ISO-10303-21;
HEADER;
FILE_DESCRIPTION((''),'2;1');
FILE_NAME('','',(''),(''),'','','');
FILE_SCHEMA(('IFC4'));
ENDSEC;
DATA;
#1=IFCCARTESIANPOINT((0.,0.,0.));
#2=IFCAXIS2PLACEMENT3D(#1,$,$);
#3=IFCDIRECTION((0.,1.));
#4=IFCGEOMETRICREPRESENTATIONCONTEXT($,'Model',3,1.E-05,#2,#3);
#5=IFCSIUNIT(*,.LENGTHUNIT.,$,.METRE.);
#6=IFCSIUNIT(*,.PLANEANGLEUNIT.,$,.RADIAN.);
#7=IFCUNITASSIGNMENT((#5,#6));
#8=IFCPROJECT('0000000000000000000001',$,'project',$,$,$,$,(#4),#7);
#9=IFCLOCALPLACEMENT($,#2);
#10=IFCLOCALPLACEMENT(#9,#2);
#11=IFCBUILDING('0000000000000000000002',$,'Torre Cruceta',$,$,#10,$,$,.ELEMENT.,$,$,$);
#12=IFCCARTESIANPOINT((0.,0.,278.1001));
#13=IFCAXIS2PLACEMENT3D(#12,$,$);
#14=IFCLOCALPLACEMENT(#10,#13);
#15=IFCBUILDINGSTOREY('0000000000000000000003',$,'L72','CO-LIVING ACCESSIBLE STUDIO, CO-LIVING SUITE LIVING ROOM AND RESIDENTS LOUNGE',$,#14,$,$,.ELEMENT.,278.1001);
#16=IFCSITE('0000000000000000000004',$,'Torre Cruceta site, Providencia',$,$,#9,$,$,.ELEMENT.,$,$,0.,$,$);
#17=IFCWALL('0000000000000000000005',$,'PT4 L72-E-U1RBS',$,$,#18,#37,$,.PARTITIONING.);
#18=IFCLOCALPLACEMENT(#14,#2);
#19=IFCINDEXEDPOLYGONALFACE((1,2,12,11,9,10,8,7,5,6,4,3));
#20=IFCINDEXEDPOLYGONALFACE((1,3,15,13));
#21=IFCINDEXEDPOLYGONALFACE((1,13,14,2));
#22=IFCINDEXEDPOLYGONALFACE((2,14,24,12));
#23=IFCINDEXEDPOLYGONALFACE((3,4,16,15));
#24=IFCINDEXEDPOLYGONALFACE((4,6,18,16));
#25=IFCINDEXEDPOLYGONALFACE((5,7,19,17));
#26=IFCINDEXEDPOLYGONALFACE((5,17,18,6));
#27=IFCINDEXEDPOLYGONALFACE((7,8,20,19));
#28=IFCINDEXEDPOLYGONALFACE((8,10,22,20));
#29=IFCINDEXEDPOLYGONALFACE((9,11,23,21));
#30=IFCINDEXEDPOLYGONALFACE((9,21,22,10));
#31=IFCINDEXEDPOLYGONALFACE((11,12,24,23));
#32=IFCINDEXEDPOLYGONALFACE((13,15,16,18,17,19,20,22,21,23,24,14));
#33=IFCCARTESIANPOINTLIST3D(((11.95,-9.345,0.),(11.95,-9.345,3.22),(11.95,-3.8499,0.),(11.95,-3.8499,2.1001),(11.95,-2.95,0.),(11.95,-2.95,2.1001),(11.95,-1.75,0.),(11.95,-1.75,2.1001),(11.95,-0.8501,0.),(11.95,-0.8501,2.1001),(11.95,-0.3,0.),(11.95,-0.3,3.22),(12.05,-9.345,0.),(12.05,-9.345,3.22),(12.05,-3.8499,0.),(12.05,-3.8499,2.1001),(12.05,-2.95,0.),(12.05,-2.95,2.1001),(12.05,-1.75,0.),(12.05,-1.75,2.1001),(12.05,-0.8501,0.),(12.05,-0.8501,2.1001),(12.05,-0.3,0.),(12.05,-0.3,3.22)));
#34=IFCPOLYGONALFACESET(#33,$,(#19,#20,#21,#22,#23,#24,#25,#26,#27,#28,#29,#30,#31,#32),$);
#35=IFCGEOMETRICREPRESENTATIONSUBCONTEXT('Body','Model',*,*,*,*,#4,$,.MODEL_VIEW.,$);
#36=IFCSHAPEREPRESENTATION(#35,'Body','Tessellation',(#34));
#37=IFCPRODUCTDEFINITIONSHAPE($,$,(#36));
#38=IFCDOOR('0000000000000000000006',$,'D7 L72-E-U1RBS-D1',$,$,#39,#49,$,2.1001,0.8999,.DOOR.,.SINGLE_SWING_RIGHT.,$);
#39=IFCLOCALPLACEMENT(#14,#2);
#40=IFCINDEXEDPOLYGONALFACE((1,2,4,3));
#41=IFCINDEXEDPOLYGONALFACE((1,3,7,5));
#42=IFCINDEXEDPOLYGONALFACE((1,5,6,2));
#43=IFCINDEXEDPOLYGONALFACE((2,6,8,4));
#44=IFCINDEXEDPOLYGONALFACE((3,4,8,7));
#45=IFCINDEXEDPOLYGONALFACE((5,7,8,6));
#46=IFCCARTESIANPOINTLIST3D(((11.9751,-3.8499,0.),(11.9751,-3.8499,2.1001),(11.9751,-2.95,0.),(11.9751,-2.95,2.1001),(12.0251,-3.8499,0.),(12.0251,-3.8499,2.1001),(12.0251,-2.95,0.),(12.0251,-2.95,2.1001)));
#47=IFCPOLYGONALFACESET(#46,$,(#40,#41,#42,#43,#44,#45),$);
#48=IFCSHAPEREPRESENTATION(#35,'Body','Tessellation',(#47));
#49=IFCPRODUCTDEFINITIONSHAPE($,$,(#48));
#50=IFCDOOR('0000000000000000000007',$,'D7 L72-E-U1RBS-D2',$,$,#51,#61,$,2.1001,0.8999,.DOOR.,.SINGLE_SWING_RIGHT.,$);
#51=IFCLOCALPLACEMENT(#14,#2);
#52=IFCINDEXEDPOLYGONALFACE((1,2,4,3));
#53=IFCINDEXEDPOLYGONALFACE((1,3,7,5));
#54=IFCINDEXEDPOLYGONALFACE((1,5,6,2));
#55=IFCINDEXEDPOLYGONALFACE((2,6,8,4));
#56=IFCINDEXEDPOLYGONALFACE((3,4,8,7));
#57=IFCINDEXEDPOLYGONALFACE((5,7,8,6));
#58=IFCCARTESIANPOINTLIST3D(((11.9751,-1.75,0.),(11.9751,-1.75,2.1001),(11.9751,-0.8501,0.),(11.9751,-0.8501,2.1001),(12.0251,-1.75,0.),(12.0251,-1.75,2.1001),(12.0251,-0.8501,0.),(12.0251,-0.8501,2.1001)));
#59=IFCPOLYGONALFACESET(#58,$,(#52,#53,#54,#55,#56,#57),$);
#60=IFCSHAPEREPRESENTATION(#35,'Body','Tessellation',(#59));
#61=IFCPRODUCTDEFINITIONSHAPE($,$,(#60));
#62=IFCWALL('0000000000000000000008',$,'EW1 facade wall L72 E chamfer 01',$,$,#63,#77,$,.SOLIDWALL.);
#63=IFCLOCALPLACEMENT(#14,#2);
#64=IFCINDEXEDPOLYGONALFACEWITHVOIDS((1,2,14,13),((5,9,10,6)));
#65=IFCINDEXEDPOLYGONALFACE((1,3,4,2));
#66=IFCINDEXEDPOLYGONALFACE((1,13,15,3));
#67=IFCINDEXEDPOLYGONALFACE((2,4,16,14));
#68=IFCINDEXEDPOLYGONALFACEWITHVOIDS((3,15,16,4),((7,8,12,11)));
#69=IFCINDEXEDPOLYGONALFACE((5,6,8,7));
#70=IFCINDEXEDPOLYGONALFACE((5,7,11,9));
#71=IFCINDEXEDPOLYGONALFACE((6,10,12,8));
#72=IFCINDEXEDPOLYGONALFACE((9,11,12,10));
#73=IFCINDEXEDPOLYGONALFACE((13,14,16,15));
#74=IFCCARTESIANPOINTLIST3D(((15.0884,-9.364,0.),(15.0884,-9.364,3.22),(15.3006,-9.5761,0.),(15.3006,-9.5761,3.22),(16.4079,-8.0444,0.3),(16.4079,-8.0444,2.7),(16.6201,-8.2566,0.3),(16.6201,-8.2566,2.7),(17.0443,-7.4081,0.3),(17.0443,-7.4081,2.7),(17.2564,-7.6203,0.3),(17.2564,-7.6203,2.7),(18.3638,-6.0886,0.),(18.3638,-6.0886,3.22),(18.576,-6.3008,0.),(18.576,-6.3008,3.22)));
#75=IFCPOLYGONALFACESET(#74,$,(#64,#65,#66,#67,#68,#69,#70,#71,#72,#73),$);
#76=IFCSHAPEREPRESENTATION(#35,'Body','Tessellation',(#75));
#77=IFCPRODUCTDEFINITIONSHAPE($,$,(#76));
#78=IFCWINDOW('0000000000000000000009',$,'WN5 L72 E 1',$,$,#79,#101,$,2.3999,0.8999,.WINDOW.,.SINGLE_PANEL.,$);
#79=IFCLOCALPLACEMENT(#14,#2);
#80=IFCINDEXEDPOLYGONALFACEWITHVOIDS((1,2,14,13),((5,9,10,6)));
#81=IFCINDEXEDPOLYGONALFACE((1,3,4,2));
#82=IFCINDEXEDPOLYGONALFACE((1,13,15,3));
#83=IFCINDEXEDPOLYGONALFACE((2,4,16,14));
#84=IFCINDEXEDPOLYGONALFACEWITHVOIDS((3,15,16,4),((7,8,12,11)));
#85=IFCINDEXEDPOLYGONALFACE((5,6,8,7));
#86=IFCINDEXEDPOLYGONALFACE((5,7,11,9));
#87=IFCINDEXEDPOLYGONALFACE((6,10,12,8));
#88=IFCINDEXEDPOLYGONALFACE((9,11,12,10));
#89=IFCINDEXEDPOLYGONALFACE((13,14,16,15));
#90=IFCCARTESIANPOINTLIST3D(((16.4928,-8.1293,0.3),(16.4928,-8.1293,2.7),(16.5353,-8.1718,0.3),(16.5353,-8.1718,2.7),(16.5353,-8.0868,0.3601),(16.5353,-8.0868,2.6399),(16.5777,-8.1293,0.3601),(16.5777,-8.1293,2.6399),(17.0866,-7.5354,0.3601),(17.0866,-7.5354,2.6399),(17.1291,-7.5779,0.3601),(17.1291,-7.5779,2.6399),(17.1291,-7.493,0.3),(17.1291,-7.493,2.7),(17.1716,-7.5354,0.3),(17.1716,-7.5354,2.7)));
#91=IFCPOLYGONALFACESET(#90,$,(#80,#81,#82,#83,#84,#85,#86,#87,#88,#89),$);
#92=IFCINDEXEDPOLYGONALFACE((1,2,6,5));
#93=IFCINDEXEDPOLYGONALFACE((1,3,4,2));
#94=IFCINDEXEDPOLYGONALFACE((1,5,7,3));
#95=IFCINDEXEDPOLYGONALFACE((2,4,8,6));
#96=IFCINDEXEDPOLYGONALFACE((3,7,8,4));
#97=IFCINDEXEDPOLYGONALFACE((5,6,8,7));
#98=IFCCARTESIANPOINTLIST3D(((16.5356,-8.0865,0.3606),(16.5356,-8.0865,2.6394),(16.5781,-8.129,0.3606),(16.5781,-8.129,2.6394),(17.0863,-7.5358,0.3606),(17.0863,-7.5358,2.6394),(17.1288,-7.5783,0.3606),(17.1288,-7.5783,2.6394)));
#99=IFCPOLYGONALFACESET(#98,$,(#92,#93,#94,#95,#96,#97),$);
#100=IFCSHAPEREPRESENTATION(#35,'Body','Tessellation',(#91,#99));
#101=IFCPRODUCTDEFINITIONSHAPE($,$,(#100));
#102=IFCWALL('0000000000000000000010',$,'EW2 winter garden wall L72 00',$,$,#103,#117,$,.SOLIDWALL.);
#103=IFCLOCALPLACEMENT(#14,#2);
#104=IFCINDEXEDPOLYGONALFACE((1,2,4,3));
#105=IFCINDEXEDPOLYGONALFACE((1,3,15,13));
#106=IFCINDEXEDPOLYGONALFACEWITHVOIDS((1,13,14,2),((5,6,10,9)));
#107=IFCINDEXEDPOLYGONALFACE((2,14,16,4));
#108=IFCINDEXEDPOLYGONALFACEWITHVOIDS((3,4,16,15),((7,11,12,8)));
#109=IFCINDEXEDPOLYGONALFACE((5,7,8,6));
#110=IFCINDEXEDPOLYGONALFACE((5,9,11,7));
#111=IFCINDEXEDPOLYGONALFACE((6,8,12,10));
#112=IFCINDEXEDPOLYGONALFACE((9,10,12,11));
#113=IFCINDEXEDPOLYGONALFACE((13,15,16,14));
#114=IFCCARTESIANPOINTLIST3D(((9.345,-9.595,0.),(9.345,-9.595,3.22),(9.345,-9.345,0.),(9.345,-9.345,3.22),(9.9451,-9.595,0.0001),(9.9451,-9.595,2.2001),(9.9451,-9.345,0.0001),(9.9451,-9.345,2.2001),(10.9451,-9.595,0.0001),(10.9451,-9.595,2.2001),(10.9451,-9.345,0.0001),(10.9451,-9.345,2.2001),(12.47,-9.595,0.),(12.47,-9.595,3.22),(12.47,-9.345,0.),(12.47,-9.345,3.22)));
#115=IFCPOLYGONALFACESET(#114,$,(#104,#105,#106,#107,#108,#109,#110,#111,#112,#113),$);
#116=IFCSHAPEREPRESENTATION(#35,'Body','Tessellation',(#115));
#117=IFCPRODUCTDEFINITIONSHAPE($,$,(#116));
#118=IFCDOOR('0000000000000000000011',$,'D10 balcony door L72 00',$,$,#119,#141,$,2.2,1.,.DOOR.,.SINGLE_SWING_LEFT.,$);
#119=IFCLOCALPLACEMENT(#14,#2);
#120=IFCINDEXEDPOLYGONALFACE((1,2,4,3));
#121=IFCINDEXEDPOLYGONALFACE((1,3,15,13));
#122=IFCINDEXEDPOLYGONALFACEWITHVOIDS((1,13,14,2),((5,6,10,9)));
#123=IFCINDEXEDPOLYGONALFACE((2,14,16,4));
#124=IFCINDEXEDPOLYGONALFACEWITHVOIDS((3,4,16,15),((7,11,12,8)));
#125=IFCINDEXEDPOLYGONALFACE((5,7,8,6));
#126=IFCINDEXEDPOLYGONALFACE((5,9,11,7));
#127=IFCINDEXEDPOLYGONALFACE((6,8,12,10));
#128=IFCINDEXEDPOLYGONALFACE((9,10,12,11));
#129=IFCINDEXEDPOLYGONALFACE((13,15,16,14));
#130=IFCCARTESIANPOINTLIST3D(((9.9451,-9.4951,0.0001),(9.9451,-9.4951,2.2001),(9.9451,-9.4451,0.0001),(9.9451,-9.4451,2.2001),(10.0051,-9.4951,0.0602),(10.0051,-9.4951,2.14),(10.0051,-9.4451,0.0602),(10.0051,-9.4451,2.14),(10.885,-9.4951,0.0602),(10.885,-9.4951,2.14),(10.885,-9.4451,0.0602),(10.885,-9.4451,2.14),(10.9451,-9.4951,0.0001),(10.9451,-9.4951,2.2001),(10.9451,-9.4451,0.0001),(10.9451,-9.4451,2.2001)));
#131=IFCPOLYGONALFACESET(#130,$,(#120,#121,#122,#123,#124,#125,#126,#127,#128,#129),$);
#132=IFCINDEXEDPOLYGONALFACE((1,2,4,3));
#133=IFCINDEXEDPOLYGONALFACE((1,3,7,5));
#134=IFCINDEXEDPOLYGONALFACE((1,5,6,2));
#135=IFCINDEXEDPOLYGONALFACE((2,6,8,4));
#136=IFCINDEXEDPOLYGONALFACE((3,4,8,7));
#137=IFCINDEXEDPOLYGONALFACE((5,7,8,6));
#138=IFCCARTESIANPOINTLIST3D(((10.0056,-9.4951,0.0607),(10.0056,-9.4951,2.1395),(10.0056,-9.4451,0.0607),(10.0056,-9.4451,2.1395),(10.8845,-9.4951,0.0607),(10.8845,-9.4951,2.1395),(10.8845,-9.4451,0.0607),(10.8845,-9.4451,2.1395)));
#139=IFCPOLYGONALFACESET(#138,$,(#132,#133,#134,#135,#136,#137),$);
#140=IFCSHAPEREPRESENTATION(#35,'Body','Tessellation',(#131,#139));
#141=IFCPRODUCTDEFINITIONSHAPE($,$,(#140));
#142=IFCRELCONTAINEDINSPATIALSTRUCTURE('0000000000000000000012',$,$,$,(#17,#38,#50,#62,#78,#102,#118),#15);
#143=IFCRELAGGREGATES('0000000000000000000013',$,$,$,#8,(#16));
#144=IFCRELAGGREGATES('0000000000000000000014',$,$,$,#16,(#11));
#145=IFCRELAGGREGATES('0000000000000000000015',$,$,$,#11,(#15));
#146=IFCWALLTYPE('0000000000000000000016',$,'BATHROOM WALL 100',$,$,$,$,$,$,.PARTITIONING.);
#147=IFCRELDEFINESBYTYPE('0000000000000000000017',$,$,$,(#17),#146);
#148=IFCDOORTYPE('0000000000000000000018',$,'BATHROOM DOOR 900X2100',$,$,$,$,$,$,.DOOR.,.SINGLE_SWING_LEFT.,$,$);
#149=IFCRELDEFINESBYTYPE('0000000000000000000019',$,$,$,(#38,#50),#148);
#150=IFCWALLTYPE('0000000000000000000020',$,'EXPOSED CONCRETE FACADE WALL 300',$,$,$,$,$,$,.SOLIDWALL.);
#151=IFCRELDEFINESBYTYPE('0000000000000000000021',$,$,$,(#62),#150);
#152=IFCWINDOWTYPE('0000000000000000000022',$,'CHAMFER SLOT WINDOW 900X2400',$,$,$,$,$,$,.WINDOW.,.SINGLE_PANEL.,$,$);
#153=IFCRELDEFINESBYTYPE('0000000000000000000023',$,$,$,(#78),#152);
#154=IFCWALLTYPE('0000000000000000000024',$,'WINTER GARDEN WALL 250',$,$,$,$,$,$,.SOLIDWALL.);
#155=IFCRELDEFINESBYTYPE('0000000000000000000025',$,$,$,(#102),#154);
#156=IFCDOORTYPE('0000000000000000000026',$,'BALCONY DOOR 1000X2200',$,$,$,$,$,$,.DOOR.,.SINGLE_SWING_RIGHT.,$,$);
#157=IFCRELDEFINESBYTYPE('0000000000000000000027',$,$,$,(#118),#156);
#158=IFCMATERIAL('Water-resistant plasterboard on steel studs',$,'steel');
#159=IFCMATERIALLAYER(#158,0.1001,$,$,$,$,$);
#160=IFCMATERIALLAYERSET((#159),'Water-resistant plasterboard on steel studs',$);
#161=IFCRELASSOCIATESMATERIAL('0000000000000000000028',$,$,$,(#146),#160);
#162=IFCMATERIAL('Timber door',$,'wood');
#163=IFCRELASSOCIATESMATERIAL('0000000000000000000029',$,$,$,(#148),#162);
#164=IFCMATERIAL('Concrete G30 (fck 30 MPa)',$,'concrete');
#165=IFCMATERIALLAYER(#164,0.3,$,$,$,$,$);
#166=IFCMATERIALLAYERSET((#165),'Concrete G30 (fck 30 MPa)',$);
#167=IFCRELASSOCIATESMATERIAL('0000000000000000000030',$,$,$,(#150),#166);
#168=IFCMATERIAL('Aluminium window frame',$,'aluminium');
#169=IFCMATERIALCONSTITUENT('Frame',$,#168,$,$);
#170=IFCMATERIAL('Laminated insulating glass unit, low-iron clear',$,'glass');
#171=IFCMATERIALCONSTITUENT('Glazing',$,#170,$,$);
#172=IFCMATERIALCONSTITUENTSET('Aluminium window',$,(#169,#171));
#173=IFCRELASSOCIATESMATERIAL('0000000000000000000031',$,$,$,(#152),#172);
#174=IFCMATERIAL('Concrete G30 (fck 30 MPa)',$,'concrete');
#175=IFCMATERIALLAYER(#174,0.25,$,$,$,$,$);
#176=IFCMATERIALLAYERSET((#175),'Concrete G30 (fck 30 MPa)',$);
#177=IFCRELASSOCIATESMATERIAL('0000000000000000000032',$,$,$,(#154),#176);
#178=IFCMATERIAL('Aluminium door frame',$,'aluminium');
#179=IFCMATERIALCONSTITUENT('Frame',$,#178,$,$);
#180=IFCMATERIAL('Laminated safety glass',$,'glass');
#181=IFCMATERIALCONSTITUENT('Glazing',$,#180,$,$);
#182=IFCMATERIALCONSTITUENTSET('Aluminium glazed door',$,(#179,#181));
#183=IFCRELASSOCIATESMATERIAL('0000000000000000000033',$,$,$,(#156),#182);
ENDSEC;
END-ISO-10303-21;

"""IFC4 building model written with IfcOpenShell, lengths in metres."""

from ifc_helpers import new_model, si_unit, direction, frame, frame_2d, origin, place, context, subcontext, project, spatial, rectangle, hollow_rectangle, extrude, material, layer, layer_set, constituent, constituent_set, type_object, element, fill, save


model = new_model("IFC4")

# Units and contexts
model_context = context("Model", 3, precision=1e-05, world=origin(), true_north=direction((0.0, 1.0)))
body_context = subcontext(model_context, "Body", "Model", "MODEL_VIEW")
ifc_project = project(units=[si_unit("LENGTHUNIT", "METRE"), si_unit("PLANEANGLEUNIT", "RADIAN")], contexts=[model_context])

# Site, building, storey
site_placement = place(None, origin())
site = spatial("IfcSite", under=ifc_project, at=site_placement, Name="Torre Cruceta site, Providencia", CompositionType="ELEMENT", RefElevation=0.0)
building_placement = place(site_placement, origin())
building = spatial("IfcBuilding", under=site, at=building_placement, Name="Torre Cruceta", CompositionType="ELEMENT")
storey_placement = place(building_placement, frame((0.0, 0.0, 278.1001)))
storey = spatial("IfcBuildingStorey", under=building, at=storey_placement, Name="L72", Description="CO-LIVING ACCESSIBLE STUDIO, CO-LIVING SUITE LIVING ROOM AND RESIDENTS LOUNGE", CompositionType="ELEMENT", Elevation=278.1001)

# Wall, openings, doors
ifc_material_1 = material(Name="Water-resistant plasterboard on steel studs", Category="steel")
ifc_layer_1 = layer(ifc_material_1, 0.1001)
ifc_layer_set_1 = layer_set([ifc_layer_1], Name="Water-resistant plasterboard on steel studs")
wall_type_1 = type_object("IfcWallType", Name="BATHROOM WALL 100", PredefinedType="PARTITIONING", material=ifc_layer_set_1)
wall_1_placement = place(storey_placement, frame((12.0, -9.345, 0.0), z_axis=(0.0, 0.0, 1.0), x_axis=(0.0, 1.0, 0.0)))
wall_1 = element("IfcWall", 1, at=wall_1_placement, inside=storey, type_object=wall_type_1, Name="PT4 L72-E-U1RBS", PredefinedType="PARTITIONING", context=body_context, shape_type="SweptSolid", body=[
    extrude(rectangle(XDim=9.0449, YDim=0.1001, at=frame_2d((4.5225, 0.0))), origin(), (0.0, 0.0, 1.0), 3.22),
])
opening_1_placement = place(wall_1_placement, frame((5.4951, 0.0, 0.0)))
opening_1 = element("IfcOpeningElement", 2, at=opening_1_placement, cuts=wall_1, PredefinedType="OPENING", context=body_context, shape_type="SweptSolid", body=[
    extrude(rectangle(XDim=0.8999, YDim=2.1001, at=frame_2d((0.45, 1.05))), frame((0.0, 0.0601, 0.0), z_axis=(0.0, -1.0, 0.0), x_axis=(1.0, 0.0, 0.0)), (0.0, 0.0, 1.0), 0.1201),
])
opening_2_placement = place(wall_1_placement, frame((7.595, 0.0, 0.0)))
opening_2 = element("IfcOpeningElement", 3, at=opening_2_placement, cuts=wall_1, PredefinedType="OPENING", context=body_context, shape_type="SweptSolid", body=[
    extrude(rectangle(XDim=0.8999, YDim=2.1001, at=frame_2d((0.45, 1.05))), frame((0.0, 0.0601, 0.0), z_axis=(0.0, -1.0, 0.0), x_axis=(1.0, 0.0, 0.0)), (0.0, 0.0, 1.0), 0.1201),
])
ifc_material_2 = material(Name="Timber door", Category="wood")
door_type_1 = type_object("IfcDoorType", Name="BATHROOM DOOR 900X2100", OperationType="SINGLE_SWING_LEFT", PredefinedType="DOOR", material=ifc_material_2)
door_1_placement = place(opening_1_placement, origin())
door_1 = element("IfcDoor", 4, at=door_1_placement, inside=storey, type_object=door_type_1, Name="D7 L72-E-U1RBS-D1", OperationType="SINGLE_SWING_RIGHT", OverallHeight=2.1001, OverallWidth=0.8999, PredefinedType="DOOR", context=body_context, shape_type="SweptSolid", body=[
    extrude(rectangle(XDim=0.8999, YDim=2.1001, at=frame_2d((0.45, 1.05))), frame((0.0, 0.0249, 0.0), z_axis=(0.0, -1.0, 0.0), x_axis=(1.0, 0.0, 0.0)), (0.0, 0.0, 1.0), 0.05),
])
fill(opening_1, door_1)
door_2_placement = place(opening_2_placement, origin())
door_2 = element("IfcDoor", 5, at=door_2_placement, inside=storey, type_object=door_type_1, Name="D7 L72-E-U1RBS-D2", OperationType="SINGLE_SWING_RIGHT", OverallHeight=2.1001, OverallWidth=0.8999, PredefinedType="DOOR", context=body_context, shape_type="SweptSolid", body=[
    extrude(rectangle(XDim=0.8999, YDim=2.1001, at=frame_2d((0.45, 1.05))), frame((0.0, 0.0249, 0.0), z_axis=(0.0, -1.0, 0.0), x_axis=(1.0, 0.0, 0.0)), (0.0, 0.0, 1.0), 0.05),
])
fill(opening_2, door_2)

# Wall, opening, window
ifc_material_3 = material(Name="Concrete G30 (fck 30 MPa)", Category="concrete")
ifc_layer_2 = layer(ifc_material_3, 0.3)
ifc_layer_set_2 = layer_set([ifc_layer_2], Name="Concrete G30 (fck 30 MPa)")
wall_type_2 = type_object("IfcWallType", Name="EXPOSED CONCRETE FACADE WALL 300", PredefinedType="SOLIDWALL", material=ifc_layer_set_2)
wall_2_placement = place(storey_placement, frame((15.1946, -9.47, 0.0), z_axis=(0.0, 0.0, 1.0), x_axis=(0.707107, 0.707107, 0.0)))
wall_2 = element("IfcWall", 6, at=wall_2_placement, inside=storey, type_object=wall_type_2, Name="EW1 facade wall L72 E chamfer 01", PredefinedType="SOLIDWALL", context=body_context, shape_type="SweptSolid", body=[
    extrude(rectangle(XDim=4.6321, YDim=0.3, at=frame_2d((2.3159, 0.0))), origin(), (0.0, 0.0, 1.0), 3.22),
])
opening_3_placement = place(wall_2_placement, frame((1.866, 0.0, 0.3)))
opening_3 = element("IfcOpeningElement", 7, at=opening_3_placement, cuts=wall_2, PredefinedType="OPENING", context=body_context, shape_type="SweptSolid", body=[
    extrude(rectangle(XDim=0.8999, YDim=2.3999, at=frame_2d((0.45, 1.2))), frame((0.0, 0.1599, 0.0), z_axis=(0.0, -1.0, 0.0), x_axis=(1.0, 0.0, 0.0)), (0.0, 0.0, 1.0), 0.3201),
])
ifc_material_4 = material(Name="Aluminium window frame", Category="aluminium")
ifc_constituent_1 = constituent(ifc_material_4, Name="Frame")
ifc_material_5 = material(Name="Laminated insulating glass unit, low-iron clear", Category="glass")
ifc_constituent_2 = constituent(ifc_material_5, Name="Glazing")
ifc_constituent_set_1 = constituent_set(constituents=[ifc_constituent_1, ifc_constituent_2], Name="Aluminium window")
window_type = type_object("IfcWindowType", Name="CHAMFER SLOT WINDOW 900X2400", PartitioningType="SINGLE_PANEL", PredefinedType="WINDOW", material=ifc_constituent_set_1)
window_placement = place(opening_3_placement, origin())
window = element("IfcWindow", 8, at=window_placement, inside=storey, type_object=window_type, Name="WN5 L72 E 1", OverallHeight=2.3999, OverallWidth=0.8999, PartitioningType="SINGLE_PANEL", PredefinedType="WINDOW", context=body_context, shape_type="SweptSolid", body=[
    extrude(hollow_rectangle(XDim=0.8999, YDim=2.3999, WallThickness=0.0601, at=frame_2d((0.45, 1.2))), frame((0.0, 0.03, 0.0), z_axis=(0.0, -1.0, 0.0), x_axis=(1.0, 0.0, 0.0)), (0.0, 0.0, 1.0), 0.0601),
    extrude(rectangle(XDim=0.7788, YDim=2.2788, at=frame_2d((0.45, 1.2))), frame((0.0, 0.03, 0.0), z_axis=(0.0, -1.0, 0.0), x_axis=(1.0, 0.0, 0.0)), (0.0, 0.0, 1.0), 0.0601),
])
fill(opening_3, window)

# Wall, opening, door
ifc_material_6 = material(Name="Concrete G30 (fck 30 MPa)", Category="concrete")
ifc_layer_3 = layer(ifc_material_6, 0.25)
ifc_layer_set_3 = layer_set([ifc_layer_3], Name="Concrete G30 (fck 30 MPa)")
wall_type_3 = type_object("IfcWallType", Name="WINTER GARDEN WALL 250", PredefinedType="SOLIDWALL", material=ifc_layer_set_3)
wall_3_placement = place(storey_placement, frame((9.345, -9.47, 0.0), z_axis=(0.0, 0.0, 1.0), x_axis=(1.0, 0.0, 0.0)))
wall_3 = element("IfcWall", 9, at=wall_3_placement, inside=storey, type_object=wall_type_3, Name="EW2 winter garden wall L72 00", PredefinedType="SOLIDWALL", context=body_context, shape_type="SweptSolid", body=[
    extrude(rectangle(XDim=3.125, YDim=0.25, at=frame_2d((1.5625, 0.0))), origin(), (0.0, 0.0, 1.0), 3.22),
])
opening_4_placement = place(wall_3_placement, frame((0.6001, 0.0, 0.0)))
opening_4 = element("IfcOpeningElement", 10, at=opening_4_placement, cuts=wall_3, PredefinedType="OPENING", context=body_context, shape_type="SweptSolid", body=[
    extrude(rectangle(XDim=1.0, YDim=2.2, at=frame_2d((0.5, 1.1001))), frame((0.0, 0.135, 0.0), z_axis=(0.0, -1.0, 0.0), x_axis=(1.0, 0.0, 0.0)), (0.0, 0.0, 1.0), 0.27),
])
ifc_material_7 = material(Name="Aluminium door frame", Category="aluminium")
ifc_constituent_3 = constituent(ifc_material_7, Name="Frame")
ifc_material_8 = material(Name="Laminated safety glass", Category="glass")
ifc_constituent_4 = constituent(ifc_material_8, Name="Glazing")
ifc_constituent_set_2 = constituent_set(constituents=[ifc_constituent_3, ifc_constituent_4], Name="Aluminium glazed door")
door_type_2 = type_object("IfcDoorType", Name="BALCONY DOOR 1000X2200", OperationType="SINGLE_SWING_RIGHT", PredefinedType="DOOR", material=ifc_constituent_set_2)
door_3_placement = place(opening_4_placement, origin())
door_3 = element("IfcDoor", 11, at=door_3_placement, inside=storey, type_object=door_type_2, Name="D10 balcony door L72 00", OperationType="SINGLE_SWING_LEFT", OverallHeight=2.2, OverallWidth=1.0, PredefinedType="DOOR", context=body_context, shape_type="SweptSolid", body=[
    extrude(hollow_rectangle(XDim=1.0, YDim=2.2, WallThickness=0.0601, at=frame_2d((0.5, 1.1001))), frame((0.0, 0.0249, 0.0), z_axis=(0.0, -1.0, 0.0), x_axis=(1.0, 0.0, 0.0)), (0.0, 0.0, 1.0), 0.05),
    extrude(rectangle(XDim=0.8789, YDim=2.0789, at=frame_2d((0.5, 1.1001))), frame((0.0, 0.0249, 0.0), z_axis=(0.0, -1.0, 0.0), x_axis=(1.0, 0.0, 0.0)), (0.0, 0.0, 1.0), 0.05),
])
fill(opening_4, door_3)

save(model, "model.ifc")
